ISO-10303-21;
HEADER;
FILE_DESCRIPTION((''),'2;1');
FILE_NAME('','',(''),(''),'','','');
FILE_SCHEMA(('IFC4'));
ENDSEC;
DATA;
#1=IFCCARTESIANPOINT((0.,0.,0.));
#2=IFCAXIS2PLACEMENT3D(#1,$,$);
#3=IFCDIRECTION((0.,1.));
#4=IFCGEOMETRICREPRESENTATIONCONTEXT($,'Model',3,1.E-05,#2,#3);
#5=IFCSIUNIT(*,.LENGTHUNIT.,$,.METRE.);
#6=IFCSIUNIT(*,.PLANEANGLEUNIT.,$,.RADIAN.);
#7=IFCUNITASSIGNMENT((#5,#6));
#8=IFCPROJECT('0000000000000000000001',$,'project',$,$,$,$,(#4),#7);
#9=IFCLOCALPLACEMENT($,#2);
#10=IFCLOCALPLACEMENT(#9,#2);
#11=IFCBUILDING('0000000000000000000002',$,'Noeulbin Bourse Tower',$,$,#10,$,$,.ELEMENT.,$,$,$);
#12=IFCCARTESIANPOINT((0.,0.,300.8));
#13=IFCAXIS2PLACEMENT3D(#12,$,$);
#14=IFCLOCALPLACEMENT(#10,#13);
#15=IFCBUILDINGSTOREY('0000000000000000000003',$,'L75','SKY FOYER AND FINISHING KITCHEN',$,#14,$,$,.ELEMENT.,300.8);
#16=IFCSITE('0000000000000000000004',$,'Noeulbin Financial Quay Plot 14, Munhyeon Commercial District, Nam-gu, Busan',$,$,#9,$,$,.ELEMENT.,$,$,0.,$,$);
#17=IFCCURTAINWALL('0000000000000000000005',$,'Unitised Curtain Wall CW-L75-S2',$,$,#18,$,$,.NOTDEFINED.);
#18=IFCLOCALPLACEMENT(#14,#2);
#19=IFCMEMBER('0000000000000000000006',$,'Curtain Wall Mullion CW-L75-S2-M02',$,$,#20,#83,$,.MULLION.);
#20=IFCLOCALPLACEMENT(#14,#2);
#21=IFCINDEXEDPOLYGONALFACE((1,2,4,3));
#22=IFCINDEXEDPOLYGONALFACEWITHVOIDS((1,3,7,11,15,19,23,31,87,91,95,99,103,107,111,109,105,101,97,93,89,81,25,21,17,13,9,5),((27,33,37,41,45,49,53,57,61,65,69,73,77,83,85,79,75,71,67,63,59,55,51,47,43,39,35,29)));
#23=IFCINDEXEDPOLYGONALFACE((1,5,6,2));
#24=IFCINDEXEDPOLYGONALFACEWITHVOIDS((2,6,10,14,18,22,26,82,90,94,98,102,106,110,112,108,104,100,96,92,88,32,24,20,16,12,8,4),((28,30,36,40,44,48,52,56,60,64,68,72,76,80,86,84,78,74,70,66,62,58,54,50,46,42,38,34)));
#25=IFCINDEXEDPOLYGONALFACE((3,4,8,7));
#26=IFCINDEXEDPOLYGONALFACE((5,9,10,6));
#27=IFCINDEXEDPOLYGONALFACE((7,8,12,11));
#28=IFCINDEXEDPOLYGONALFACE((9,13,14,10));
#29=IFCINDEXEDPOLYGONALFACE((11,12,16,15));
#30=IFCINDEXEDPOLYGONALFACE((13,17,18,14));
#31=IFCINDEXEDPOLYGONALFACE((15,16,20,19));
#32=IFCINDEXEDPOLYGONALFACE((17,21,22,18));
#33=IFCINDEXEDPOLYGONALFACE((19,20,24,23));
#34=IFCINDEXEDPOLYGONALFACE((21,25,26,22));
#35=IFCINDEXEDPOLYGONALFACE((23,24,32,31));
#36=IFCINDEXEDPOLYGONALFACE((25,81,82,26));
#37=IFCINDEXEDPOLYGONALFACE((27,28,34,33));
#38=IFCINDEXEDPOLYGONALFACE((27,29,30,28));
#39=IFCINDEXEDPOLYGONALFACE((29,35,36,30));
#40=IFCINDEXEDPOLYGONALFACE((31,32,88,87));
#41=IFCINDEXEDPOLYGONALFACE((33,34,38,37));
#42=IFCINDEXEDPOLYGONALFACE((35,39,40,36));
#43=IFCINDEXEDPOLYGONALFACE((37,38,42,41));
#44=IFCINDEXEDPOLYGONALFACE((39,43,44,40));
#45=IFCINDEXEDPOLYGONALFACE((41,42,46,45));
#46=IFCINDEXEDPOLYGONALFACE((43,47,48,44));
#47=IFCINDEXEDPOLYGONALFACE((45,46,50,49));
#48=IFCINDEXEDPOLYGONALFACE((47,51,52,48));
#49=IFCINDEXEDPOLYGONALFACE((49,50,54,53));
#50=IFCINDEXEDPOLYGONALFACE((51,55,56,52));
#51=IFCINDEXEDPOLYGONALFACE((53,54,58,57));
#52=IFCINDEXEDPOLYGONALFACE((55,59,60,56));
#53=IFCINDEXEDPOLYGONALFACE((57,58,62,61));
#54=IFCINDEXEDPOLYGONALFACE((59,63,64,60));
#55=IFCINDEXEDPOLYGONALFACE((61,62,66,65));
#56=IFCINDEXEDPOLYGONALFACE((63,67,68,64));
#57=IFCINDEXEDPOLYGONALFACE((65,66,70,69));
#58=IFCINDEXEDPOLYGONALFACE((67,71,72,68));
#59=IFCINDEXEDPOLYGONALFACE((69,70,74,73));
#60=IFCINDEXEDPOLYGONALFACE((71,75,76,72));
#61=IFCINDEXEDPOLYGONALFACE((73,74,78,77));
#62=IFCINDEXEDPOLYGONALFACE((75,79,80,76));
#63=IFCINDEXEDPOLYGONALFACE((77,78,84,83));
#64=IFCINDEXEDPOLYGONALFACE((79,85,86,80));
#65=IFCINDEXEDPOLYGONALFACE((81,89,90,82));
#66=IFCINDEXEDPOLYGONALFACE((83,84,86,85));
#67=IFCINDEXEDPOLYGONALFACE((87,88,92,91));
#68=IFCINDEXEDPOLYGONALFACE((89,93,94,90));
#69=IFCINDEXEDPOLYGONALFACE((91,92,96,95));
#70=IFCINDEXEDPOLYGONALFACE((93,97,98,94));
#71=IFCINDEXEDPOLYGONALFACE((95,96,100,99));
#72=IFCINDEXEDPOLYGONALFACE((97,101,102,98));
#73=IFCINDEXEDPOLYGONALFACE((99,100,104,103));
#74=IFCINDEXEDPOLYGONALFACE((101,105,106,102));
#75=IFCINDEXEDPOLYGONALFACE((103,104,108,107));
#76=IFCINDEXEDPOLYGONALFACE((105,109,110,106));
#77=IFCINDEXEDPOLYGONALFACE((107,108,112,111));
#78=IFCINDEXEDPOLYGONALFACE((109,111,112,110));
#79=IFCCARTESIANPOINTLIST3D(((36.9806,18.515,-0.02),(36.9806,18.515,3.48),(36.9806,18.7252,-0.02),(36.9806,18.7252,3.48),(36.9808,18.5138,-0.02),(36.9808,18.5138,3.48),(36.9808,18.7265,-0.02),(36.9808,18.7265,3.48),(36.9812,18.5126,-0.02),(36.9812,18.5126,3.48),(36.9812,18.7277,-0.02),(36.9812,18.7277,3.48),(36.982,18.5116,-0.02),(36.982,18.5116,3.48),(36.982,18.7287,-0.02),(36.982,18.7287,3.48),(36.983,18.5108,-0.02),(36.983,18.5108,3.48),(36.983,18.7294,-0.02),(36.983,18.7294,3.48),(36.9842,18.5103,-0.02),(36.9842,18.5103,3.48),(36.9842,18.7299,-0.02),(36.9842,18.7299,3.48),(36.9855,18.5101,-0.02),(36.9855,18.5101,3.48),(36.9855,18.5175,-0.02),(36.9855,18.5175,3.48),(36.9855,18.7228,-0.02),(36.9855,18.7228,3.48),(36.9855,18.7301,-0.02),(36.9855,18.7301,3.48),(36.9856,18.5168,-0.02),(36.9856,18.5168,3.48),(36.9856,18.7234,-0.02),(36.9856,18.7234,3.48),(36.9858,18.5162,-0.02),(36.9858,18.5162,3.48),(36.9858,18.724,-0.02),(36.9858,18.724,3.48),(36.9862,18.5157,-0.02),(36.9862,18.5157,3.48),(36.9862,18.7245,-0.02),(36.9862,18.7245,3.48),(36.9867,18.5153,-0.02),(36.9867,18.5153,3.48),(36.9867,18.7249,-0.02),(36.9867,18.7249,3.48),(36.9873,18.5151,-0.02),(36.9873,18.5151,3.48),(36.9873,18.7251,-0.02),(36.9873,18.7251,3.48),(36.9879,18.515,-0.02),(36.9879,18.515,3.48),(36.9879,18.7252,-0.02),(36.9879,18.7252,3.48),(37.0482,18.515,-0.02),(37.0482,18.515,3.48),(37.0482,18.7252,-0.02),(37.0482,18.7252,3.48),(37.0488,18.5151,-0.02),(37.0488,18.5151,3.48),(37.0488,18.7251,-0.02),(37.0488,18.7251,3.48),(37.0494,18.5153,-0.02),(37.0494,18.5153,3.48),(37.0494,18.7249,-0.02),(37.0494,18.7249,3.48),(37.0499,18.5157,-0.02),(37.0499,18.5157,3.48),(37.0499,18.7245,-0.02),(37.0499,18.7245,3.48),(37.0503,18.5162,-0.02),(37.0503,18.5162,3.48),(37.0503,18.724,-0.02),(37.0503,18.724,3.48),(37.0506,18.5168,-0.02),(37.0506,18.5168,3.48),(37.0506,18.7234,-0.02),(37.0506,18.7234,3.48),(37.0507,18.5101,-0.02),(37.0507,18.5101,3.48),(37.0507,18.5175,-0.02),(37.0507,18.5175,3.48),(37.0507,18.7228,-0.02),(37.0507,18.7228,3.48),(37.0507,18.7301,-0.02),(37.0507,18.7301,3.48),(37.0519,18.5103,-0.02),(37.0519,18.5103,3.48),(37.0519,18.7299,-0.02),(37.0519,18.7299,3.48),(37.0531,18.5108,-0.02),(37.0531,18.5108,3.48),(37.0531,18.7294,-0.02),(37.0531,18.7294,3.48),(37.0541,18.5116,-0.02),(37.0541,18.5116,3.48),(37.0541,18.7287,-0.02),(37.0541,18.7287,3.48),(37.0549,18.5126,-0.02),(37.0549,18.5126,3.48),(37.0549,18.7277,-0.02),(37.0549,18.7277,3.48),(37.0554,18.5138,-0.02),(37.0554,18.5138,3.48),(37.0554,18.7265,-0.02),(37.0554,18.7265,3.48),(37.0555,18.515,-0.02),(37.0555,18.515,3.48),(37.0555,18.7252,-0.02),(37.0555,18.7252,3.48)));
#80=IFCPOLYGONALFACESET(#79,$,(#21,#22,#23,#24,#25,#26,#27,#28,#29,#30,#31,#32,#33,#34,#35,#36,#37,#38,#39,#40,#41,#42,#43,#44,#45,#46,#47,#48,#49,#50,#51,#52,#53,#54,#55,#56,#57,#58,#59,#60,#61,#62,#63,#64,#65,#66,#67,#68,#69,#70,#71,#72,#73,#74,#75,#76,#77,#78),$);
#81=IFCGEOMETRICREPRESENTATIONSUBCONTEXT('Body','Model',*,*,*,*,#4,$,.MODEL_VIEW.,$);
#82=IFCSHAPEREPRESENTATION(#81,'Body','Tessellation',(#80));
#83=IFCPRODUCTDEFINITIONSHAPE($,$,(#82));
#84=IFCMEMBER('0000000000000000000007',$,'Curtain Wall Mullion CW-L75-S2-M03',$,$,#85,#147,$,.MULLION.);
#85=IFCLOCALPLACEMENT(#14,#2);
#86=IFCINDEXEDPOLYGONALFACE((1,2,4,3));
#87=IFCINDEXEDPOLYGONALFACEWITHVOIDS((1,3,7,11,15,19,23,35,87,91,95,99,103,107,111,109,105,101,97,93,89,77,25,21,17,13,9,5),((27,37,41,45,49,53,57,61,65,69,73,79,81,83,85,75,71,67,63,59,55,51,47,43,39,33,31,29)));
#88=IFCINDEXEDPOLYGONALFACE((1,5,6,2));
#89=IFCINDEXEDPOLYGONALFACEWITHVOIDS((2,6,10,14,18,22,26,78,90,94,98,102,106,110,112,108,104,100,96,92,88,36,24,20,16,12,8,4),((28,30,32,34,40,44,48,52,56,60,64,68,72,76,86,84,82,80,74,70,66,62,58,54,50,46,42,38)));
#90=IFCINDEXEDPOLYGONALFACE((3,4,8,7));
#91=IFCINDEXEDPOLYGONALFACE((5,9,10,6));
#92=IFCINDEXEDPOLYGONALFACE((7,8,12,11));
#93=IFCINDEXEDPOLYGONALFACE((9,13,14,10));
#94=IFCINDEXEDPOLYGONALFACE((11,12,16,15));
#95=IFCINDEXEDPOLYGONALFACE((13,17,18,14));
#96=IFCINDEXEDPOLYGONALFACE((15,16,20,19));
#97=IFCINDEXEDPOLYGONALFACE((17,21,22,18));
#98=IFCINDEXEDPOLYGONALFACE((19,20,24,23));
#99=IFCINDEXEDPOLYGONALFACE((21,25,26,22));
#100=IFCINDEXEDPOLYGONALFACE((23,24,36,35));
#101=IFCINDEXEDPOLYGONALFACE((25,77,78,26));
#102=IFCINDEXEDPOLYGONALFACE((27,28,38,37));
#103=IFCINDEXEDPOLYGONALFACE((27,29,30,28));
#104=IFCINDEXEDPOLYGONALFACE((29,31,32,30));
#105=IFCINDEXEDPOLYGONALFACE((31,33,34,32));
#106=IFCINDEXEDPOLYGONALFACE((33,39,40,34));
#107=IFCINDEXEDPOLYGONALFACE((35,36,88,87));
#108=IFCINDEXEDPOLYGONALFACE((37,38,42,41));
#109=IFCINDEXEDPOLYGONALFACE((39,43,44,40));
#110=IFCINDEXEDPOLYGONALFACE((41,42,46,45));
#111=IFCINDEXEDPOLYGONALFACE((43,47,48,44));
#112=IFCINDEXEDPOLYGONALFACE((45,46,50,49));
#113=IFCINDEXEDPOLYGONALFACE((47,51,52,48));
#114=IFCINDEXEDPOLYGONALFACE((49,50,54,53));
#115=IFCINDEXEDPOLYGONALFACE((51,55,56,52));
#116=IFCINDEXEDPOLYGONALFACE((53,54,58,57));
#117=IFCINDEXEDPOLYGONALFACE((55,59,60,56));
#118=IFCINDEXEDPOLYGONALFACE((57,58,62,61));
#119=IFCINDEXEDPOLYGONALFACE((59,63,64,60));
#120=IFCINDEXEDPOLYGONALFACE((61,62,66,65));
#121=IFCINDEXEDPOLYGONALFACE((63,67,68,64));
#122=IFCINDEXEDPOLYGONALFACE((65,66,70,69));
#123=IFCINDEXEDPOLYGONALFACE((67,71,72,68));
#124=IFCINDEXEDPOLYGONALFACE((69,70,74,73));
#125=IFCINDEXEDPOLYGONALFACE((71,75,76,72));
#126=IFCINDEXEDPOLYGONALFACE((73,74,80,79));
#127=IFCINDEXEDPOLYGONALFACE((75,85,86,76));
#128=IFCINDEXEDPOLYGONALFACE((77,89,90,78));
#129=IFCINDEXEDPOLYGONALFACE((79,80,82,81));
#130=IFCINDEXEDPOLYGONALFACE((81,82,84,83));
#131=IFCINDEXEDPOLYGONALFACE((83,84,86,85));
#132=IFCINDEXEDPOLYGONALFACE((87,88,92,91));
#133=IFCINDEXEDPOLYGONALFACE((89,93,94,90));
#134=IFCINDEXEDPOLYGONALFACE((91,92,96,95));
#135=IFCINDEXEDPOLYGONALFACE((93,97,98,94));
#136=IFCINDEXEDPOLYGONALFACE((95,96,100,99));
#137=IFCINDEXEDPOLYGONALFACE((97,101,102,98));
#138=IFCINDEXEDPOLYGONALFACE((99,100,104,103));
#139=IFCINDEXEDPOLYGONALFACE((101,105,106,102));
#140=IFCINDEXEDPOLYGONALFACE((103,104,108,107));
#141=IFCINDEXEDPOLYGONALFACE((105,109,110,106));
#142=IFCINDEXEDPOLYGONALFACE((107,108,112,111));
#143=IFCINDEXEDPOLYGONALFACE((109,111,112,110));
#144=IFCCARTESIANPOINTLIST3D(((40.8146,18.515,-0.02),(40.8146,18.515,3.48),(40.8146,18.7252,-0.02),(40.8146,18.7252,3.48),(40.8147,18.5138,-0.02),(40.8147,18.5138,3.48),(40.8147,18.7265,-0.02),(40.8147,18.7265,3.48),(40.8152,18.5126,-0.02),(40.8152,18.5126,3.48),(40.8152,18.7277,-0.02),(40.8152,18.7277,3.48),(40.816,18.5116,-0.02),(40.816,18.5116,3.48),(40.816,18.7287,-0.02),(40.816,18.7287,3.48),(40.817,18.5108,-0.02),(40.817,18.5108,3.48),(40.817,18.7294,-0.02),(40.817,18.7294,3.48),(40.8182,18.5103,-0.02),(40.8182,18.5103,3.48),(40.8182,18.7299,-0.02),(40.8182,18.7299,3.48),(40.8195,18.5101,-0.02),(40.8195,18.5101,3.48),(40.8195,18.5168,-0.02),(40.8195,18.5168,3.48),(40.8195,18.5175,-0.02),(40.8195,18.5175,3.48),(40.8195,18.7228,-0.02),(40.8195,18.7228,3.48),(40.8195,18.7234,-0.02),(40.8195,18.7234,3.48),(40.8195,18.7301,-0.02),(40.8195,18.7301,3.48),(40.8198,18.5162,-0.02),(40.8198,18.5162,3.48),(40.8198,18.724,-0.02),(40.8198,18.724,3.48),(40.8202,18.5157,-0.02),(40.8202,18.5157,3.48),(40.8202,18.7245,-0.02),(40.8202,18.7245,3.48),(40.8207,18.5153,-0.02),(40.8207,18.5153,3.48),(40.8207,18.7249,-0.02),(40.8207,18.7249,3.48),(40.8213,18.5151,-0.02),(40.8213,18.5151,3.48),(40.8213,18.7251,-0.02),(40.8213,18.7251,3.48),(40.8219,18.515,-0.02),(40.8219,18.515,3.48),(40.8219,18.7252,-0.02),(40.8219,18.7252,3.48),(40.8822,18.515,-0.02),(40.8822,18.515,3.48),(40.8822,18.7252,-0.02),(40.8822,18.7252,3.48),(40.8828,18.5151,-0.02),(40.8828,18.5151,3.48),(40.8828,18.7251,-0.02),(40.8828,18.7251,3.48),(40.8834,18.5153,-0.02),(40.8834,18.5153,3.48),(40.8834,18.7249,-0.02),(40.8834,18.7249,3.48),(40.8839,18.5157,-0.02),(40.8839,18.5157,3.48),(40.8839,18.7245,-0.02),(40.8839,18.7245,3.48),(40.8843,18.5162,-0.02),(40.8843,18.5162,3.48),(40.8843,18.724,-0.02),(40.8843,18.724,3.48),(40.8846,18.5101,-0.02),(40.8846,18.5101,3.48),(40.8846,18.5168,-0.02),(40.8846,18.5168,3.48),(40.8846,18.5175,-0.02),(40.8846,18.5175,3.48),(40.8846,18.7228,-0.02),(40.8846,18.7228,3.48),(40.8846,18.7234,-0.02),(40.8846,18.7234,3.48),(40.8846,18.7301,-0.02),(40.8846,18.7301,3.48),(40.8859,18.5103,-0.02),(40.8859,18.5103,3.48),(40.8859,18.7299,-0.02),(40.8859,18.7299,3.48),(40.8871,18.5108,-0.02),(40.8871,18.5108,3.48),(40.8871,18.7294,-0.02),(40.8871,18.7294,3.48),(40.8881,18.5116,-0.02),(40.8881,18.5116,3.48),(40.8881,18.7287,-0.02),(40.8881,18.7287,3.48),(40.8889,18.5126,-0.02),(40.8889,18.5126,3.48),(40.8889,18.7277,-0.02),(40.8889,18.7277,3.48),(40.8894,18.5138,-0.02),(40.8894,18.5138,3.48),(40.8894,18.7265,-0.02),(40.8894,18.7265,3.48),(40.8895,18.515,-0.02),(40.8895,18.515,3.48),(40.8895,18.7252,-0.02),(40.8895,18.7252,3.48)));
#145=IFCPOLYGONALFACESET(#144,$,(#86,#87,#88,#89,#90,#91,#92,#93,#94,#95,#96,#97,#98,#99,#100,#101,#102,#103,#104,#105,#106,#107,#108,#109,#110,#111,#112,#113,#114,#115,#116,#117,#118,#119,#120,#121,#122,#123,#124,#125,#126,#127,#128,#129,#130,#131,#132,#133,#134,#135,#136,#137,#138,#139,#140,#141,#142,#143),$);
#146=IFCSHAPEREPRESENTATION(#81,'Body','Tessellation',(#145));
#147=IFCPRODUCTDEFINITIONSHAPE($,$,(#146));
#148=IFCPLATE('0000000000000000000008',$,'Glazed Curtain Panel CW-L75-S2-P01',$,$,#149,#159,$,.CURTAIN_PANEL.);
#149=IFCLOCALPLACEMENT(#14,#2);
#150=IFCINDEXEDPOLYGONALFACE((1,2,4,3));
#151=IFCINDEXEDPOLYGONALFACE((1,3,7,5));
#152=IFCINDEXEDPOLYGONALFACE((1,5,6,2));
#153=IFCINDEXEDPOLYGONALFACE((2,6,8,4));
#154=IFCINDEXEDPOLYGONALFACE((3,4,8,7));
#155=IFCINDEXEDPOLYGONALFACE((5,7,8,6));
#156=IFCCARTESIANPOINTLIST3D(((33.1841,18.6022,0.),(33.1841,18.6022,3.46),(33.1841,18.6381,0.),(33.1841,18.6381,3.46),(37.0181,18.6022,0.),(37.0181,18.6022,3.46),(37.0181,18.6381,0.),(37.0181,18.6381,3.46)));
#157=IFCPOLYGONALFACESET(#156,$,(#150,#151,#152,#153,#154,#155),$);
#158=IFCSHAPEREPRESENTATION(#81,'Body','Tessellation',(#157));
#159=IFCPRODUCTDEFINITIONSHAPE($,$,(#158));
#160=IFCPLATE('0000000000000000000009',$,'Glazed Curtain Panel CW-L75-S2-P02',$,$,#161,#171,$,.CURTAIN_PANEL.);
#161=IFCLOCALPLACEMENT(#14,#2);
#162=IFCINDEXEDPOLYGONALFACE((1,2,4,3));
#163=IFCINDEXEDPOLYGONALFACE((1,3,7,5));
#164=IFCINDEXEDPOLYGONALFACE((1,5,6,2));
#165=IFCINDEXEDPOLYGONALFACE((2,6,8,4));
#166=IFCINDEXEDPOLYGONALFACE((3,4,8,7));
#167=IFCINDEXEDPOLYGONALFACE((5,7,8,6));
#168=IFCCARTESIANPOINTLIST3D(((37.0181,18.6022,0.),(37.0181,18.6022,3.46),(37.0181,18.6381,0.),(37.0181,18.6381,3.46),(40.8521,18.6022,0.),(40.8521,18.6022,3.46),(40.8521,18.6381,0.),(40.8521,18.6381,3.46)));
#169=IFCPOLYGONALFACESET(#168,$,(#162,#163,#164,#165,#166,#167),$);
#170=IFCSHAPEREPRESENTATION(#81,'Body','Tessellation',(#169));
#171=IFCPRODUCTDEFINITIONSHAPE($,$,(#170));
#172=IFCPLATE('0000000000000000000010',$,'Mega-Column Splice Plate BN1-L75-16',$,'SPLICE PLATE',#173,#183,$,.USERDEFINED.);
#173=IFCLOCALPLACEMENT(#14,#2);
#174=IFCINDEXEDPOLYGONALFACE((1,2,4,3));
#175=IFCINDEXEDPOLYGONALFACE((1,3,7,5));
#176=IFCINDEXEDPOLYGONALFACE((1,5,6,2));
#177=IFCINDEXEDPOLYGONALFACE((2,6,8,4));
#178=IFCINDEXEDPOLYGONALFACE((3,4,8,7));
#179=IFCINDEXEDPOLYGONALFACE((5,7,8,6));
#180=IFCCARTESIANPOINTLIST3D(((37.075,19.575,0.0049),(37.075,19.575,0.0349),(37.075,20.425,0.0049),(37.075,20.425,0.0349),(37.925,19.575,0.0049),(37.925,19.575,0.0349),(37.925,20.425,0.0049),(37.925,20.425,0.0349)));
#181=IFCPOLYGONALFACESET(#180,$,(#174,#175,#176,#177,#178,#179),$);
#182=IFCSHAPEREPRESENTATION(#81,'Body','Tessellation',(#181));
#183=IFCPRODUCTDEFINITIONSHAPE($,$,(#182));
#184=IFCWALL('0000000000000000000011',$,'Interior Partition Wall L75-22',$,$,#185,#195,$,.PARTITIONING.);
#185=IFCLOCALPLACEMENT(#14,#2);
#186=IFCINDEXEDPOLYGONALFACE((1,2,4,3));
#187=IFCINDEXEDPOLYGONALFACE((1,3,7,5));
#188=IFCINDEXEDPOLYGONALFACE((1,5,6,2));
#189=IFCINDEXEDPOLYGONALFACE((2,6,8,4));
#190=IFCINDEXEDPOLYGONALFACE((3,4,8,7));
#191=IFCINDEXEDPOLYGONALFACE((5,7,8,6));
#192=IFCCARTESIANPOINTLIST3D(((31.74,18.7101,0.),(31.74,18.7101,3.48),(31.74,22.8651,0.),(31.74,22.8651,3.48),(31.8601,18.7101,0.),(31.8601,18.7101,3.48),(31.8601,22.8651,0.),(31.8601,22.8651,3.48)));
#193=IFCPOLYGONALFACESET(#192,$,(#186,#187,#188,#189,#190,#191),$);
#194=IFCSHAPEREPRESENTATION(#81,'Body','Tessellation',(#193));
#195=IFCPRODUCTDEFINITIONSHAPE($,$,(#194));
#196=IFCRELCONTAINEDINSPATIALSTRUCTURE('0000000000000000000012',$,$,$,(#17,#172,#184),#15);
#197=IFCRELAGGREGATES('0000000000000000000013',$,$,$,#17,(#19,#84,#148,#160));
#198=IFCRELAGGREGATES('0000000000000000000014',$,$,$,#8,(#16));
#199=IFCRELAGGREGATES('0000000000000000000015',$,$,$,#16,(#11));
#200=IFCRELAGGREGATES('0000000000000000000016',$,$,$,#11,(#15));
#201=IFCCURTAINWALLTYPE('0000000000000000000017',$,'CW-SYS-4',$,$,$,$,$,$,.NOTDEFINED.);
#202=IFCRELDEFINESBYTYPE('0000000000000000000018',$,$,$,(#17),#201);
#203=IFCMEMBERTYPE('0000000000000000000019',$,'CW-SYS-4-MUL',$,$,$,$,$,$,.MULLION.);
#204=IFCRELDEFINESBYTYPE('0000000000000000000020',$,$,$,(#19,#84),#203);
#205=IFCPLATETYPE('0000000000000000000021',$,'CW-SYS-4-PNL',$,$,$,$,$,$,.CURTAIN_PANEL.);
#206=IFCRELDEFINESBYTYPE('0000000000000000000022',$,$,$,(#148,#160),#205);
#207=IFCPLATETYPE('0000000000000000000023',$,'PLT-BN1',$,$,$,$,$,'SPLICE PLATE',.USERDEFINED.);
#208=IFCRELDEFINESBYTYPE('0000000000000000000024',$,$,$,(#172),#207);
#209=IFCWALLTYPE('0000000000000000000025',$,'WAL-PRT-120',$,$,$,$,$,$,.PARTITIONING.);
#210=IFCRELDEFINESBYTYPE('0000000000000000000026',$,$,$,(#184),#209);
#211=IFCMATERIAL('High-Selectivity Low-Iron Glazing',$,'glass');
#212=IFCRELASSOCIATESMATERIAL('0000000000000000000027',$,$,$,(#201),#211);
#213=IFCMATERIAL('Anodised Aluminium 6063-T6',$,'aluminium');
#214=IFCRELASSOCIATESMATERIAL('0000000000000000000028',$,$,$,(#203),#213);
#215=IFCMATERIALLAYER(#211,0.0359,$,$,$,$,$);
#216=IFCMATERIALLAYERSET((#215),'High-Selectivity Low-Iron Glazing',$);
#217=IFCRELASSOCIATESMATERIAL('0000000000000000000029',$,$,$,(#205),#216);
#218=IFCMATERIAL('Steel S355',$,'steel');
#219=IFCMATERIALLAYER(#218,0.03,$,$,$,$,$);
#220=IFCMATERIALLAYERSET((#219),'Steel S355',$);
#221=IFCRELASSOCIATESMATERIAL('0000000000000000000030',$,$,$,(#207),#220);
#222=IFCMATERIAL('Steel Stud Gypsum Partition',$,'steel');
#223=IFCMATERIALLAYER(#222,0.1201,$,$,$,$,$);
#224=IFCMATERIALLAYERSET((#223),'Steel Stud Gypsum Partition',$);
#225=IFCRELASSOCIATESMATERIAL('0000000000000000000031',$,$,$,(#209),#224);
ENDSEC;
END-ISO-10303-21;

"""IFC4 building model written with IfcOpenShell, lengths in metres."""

from ifc_helpers import new_model, si_unit, direction, frame, frame_2d, origin, origin_2d, place, context, subcontext, project, spatial, rectangle, hollow_rectangle, extrude, material, layer, layer_set, material_profile, profile_set, type_object, element, aggregate, save


model = new_model("IFC4")

# Units and contexts
model_context = context("Model", 3, precision=1e-05, world=origin(), true_north=direction((0.0, 1.0)))
body_context = subcontext(model_context, "Body", "Model", "MODEL_VIEW")
ifc_project = project(units=[si_unit("LENGTHUNIT", "METRE"), si_unit("PLANEANGLEUNIT", "RADIAN")], contexts=[model_context])

# Site, building, storey
site_placement = place(None, origin())
site = spatial("IfcSite", under=ifc_project, at=site_placement, Name="Noeulbin Financial Quay Plot 14, Munhyeon Commercial District, Nam-gu, Busan", CompositionType="ELEMENT", RefElevation=0.0)
building_placement = place(site_placement, origin())
building = spatial("IfcBuilding", under=site, at=building_placement, Name="Noeulbin Bourse Tower", CompositionType="ELEMENT")
storey_placement = place(building_placement, frame((0.0, 0.0, 300.8)))
storey = spatial("IfcBuildingStorey", under=building, at=storey_placement, Name="L75", Description="SKY FOYER AND FINISHING KITCHEN", CompositionType="ELEMENT", Elevation=300.8)

# Shared definitions
ifc_material_1 = material(Name="Steel S355", Category="steel")

# Curtain wall, members, plates
ifc_material_2 = material(Name="High-Selectivity Low-Iron Glazing", Category="glass")
curtain_wall_type = type_object("IfcCurtainWallType", Name="CW-SYS-4", PredefinedType="NOTDEFINED", material=ifc_material_2)
curtain_wall_placement = place(storey_placement, origin())
curtain_wall = element("IfcCurtainWall", 1, at=curtain_wall_placement, inside=storey, type_object=curtain_wall_type, Name="Unitised Curtain Wall CW-L75-S2", PredefinedType="NOTDEFINED")
ifc_material_3 = material(Name="Anodised Aluminium 6063-T6", Category="aluminium")
ifc_material_profile_1 = material_profile(ifc_material_3, hollow_rectangle(XDim=0.075, YDim=0.22, WallThickness=0.0049, InnerFilletRadius=0.0024, OuterFilletRadius=0.0049, at=origin_2d()), Name="ALU-MULL-75x220x5", Category="LoadBearing")
ifc_profile_set_1 = profile_set([ifc_material_profile_1], Name="Anodised Aluminium 6063-T6")
member_type = type_object("IfcMemberType", Name="CW-SYS-4-MUL", PredefinedType="MULLION", material=ifc_profile_set_1)
member_1_placement = place(storey_placement, frame((37.0181, 18.6201, -0.02), z_axis=(0.0, 0.0, 1.0), x_axis=(1.0, 0.0, 0.0)))
member_1 = element("IfcMember", 2, at=member_1_placement, type_object=member_type, Name="Curtain Wall Mullion CW-L75-S2-M02", PredefinedType="MULLION", context=body_context, shape_type="SweptSolid", body=[
    extrude(hollow_rectangle(XDim=0.075, YDim=0.22, WallThickness=0.0049, InnerFilletRadius=0.0024, OuterFilletRadius=0.0049, at=origin_2d()), origin(), (0.0, 0.0, 1.0), 3.5),
])
member_2_placement = place(storey_placement, frame((40.8521, 18.6201, -0.02), z_axis=(0.0, 0.0, 1.0), x_axis=(1.0, 0.0, 0.0)))
member_2 = element("IfcMember", 3, at=member_2_placement, type_object=member_type, Name="Curtain Wall Mullion CW-L75-S2-M03", PredefinedType="MULLION", context=body_context, shape_type="SweptSolid", body=[
    extrude(hollow_rectangle(XDim=0.075, YDim=0.22, WallThickness=0.0049, InnerFilletRadius=0.0024, OuterFilletRadius=0.0049, at=origin_2d()), origin(), (0.0, 0.0, 1.0), 3.5),
])
ifc_layer_1 = layer(ifc_material_2, 0.0359)
ifc_layer_set_1 = layer_set([ifc_layer_1], Name="High-Selectivity Low-Iron Glazing")
plate_type_1 = type_object("IfcPlateType", Name="CW-SYS-4-PNL", PredefinedType="CURTAIN_PANEL", material=ifc_layer_set_1)
plate_1_placement = place(storey_placement, frame((35.1011, 18.6201, 0.0), z_axis=(0.0, 0.0, 1.0), x_axis=(1.0, 0.0, 0.0)))
plate_1 = element("IfcPlate", 4, at=plate_1_placement, type_object=plate_type_1, Name="Glazed Curtain Panel CW-L75-S2-P01", PredefinedType="CURTAIN_PANEL", context=body_context, shape_type="SweptSolid", body=[
    extrude(rectangle(XDim=3.834, YDim=0.0359, at=origin_2d()), origin(), (0.0, 0.0, 1.0), 3.46),
])
plate_2_placement = place(storey_placement, frame((38.9351, 18.6201, 0.0), z_axis=(0.0, 0.0, 1.0), x_axis=(1.0, 0.0, 0.0)))
plate_2 = element("IfcPlate", 5, at=plate_2_placement, type_object=plate_type_1, Name="Glazed Curtain Panel CW-L75-S2-P02", PredefinedType="CURTAIN_PANEL", context=body_context, shape_type="SweptSolid", body=[
    extrude(rectangle(XDim=3.834, YDim=0.0359, at=origin_2d()), origin(), (0.0, 0.0, 1.0), 3.46),
])
aggregate(curtain_wall, [member_1, member_2, plate_1, plate_2])

# Plate
ifc_layer_2 = layer(ifc_material_1, 0.03)
ifc_layer_set_2 = layer_set([ifc_layer_2], Name="Steel S355")
plate_type_2 = type_object("IfcPlateType", Name="PLT-BN1", ElementType="SPLICE PLATE", PredefinedType="USERDEFINED", material=ifc_layer_set_2)
plate_3_placement = place(storey_placement, frame((37.5, 20.0, 0.0049), z_axis=(0.0, 0.0, 1.0), x_axis=(1.0, 0.0, 0.0)))
element("IfcPlate", 6, at=plate_3_placement, inside=storey, type_object=plate_type_2, Name="Mega-Column Splice Plate BN1-L75-16", ObjectType="SPLICE PLATE", PredefinedType="USERDEFINED", context=body_context, shape_type="SweptSolid", body=[
    extrude(rectangle(XDim=0.8501, YDim=0.8501, at=origin_2d()), origin(), (0.0, 0.0, 1.0), 0.03),
])

# Wall
ifc_material_4 = material(Name="Steel Stud Gypsum Partition", Category="steel")
ifc_layer_3 = layer(ifc_material_4, 0.1201)
ifc_layer_set_3 = layer_set([ifc_layer_3], Name="Steel Stud Gypsum Partition")
wall_type = type_object("IfcWallType", Name="WAL-PRT-120", PredefinedType="PARTITIONING", material=ifc_layer_set_3)
for number, where, z_axis, x_axis, name in (
    (7, (31.8, 18.71, 0.0), (0.0, 0.0, 1.0), (0.0, 1.0, 0.0), "Interior Partition Wall L75-22"),
):
    element("IfcWall", number, at=place(storey_placement, frame(where, z_axis=z_axis, x_axis=x_axis)), inside=storey, type_object=wall_type, Name=name, PredefinedType="PARTITIONING", context=body_context, shape_type="SweptSolid", body=[
        extrude(rectangle(XDim=4.155, YDim=0.1201, at=frame_2d((2.0776, 0.0))), origin(), (0.0, 0.0, 1.0), 3.48),
    ])

save(model, "model.ifc")
